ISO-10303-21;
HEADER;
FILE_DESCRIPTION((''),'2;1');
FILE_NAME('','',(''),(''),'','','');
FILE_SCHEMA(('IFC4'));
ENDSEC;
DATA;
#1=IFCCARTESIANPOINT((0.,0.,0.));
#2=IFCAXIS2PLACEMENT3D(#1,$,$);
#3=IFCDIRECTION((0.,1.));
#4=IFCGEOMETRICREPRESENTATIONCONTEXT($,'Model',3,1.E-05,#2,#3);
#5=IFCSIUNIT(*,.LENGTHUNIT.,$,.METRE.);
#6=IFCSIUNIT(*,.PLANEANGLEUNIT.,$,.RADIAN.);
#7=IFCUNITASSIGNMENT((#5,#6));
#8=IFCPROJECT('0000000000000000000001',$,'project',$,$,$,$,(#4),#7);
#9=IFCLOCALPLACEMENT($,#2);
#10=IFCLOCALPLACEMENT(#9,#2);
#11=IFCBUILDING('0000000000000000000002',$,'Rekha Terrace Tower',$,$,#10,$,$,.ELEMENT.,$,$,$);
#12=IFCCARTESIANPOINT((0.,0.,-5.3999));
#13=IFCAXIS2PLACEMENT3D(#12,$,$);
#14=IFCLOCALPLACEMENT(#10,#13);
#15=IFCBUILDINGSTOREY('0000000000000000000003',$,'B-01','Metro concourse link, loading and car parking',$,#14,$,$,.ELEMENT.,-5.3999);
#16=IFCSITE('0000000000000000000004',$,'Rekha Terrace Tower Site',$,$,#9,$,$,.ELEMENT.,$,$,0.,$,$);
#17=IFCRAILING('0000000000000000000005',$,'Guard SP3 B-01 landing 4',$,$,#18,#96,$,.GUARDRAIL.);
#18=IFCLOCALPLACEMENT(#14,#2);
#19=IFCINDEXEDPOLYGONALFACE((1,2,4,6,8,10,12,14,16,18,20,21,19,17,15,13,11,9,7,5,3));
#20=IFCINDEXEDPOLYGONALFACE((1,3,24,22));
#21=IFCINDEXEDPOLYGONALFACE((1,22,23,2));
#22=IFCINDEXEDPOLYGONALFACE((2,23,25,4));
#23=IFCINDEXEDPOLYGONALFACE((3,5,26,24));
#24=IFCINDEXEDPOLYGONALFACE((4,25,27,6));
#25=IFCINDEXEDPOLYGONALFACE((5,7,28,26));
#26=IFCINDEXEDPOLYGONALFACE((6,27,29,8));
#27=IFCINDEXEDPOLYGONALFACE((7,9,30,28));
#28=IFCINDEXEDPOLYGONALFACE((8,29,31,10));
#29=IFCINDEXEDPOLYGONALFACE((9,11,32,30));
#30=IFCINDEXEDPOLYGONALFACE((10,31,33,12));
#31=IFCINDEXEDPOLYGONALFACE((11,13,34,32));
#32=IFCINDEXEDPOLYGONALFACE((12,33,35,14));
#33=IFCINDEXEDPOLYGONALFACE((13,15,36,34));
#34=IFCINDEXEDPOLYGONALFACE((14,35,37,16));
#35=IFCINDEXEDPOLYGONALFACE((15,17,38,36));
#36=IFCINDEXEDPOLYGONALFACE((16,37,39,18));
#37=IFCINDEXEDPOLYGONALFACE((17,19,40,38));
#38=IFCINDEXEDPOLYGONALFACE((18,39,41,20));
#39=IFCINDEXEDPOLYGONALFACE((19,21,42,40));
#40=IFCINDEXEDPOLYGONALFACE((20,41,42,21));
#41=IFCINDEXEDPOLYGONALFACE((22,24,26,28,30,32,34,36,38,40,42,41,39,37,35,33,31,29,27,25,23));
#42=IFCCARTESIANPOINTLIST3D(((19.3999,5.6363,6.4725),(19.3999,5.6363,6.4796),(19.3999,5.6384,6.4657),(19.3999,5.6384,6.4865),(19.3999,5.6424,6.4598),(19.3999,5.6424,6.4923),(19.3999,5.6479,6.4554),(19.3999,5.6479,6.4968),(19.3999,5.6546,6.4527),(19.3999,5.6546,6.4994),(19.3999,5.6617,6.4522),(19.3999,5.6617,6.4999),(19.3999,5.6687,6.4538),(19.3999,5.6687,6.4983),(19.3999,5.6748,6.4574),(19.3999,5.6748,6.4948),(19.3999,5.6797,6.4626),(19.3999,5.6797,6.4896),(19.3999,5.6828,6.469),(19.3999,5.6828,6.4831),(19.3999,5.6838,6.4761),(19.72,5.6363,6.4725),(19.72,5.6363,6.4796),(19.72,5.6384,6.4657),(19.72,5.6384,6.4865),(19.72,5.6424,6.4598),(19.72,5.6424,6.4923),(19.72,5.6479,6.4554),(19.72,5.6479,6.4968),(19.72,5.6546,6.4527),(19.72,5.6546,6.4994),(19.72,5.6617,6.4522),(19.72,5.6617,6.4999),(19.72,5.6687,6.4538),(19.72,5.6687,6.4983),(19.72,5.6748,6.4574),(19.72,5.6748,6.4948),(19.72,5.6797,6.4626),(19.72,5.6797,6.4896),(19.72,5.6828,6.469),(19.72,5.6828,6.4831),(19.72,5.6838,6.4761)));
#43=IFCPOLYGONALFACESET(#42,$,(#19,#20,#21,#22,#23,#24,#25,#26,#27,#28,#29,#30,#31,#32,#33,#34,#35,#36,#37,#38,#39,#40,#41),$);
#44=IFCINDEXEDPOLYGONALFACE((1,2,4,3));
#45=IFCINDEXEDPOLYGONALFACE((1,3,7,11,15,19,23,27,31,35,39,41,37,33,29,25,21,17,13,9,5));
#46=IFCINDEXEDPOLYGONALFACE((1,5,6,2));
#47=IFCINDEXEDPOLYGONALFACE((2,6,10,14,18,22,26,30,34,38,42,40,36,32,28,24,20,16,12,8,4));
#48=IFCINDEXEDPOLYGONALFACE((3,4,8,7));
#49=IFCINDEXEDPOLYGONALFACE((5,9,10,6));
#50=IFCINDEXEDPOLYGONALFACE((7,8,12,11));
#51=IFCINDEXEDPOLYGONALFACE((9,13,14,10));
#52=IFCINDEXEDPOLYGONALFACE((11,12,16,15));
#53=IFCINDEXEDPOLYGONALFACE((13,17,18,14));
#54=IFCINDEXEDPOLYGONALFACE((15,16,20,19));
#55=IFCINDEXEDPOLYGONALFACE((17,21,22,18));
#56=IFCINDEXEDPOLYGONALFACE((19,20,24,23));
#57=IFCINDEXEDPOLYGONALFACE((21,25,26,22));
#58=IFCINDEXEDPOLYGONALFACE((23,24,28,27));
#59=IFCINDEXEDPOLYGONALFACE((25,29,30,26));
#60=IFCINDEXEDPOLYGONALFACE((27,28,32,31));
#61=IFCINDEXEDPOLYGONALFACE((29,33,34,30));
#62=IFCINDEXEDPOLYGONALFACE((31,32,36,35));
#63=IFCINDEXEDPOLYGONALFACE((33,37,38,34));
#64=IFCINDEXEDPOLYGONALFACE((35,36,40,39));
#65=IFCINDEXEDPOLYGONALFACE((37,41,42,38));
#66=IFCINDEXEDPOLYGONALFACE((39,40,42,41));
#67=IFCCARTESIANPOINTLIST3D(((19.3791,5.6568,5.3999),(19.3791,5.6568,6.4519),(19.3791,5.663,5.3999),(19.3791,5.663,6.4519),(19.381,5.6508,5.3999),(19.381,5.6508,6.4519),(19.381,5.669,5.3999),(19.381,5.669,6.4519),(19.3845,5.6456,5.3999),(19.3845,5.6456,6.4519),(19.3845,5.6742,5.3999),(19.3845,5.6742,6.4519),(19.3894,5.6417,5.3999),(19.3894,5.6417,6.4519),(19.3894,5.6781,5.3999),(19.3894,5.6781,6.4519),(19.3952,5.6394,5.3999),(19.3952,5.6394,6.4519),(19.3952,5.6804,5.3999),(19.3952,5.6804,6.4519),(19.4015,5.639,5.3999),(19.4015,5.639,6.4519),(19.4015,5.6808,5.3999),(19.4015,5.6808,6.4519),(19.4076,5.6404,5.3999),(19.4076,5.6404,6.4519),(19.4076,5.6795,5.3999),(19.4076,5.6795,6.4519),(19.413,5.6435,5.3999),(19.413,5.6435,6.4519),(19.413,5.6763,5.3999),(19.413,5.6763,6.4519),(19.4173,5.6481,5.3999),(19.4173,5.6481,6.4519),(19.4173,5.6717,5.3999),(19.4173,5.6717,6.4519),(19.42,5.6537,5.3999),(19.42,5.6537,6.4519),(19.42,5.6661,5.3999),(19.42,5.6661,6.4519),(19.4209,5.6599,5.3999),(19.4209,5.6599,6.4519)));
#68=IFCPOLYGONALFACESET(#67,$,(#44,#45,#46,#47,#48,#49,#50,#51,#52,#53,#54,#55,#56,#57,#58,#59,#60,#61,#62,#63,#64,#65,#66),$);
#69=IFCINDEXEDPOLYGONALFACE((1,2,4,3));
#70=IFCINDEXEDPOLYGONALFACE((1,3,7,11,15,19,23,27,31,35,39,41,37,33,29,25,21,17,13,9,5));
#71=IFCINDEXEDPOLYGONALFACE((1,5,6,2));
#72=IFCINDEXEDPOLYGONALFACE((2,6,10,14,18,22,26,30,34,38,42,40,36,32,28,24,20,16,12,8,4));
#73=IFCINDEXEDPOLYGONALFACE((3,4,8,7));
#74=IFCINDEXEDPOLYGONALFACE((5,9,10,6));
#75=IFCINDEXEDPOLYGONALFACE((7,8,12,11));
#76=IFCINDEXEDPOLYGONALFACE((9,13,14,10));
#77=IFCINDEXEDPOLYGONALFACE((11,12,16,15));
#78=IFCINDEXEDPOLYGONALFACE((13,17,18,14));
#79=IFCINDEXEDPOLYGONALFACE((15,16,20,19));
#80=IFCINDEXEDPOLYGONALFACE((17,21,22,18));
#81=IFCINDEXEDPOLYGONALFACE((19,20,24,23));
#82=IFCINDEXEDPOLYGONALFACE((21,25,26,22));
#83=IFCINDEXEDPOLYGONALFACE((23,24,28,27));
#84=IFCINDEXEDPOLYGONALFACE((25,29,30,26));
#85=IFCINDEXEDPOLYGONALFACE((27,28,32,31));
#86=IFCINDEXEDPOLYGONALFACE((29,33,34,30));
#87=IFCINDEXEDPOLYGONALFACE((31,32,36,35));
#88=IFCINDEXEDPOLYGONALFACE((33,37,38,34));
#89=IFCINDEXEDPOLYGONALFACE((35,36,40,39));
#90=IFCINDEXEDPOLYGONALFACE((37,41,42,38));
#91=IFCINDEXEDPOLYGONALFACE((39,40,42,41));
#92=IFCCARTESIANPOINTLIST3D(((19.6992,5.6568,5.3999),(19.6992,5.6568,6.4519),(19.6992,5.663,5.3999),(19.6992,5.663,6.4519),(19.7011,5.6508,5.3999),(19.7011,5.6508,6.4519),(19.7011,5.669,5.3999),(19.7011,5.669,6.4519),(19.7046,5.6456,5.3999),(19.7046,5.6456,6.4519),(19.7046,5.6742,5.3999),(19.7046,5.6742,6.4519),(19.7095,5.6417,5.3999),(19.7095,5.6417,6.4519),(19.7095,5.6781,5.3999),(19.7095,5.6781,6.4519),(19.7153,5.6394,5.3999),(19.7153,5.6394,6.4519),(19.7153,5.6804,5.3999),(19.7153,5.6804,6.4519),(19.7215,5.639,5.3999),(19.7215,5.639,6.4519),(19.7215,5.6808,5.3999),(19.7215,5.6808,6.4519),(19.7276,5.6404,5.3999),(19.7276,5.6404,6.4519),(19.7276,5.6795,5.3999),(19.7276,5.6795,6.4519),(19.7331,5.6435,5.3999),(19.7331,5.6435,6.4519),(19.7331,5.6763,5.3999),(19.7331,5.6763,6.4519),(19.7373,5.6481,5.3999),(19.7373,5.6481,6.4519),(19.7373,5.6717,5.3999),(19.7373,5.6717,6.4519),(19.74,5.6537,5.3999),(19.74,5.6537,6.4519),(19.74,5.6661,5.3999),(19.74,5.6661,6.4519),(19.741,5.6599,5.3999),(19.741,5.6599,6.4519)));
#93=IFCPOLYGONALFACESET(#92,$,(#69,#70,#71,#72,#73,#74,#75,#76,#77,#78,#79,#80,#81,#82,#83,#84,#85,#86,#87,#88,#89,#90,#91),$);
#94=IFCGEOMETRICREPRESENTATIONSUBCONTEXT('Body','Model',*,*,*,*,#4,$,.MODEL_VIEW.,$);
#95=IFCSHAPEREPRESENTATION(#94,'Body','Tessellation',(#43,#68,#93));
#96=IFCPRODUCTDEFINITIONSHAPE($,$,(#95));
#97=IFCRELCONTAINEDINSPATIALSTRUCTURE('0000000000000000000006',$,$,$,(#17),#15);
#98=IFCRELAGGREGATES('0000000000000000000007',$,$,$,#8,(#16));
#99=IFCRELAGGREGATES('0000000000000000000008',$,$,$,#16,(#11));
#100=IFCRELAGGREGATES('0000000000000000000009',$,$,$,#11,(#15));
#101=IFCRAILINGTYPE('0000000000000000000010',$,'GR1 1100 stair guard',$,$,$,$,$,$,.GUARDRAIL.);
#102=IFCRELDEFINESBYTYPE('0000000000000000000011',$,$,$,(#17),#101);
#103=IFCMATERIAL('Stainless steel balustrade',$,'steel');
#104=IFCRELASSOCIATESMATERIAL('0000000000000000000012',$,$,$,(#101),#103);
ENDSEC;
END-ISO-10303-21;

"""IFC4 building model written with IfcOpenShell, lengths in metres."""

from ifc_helpers import new_model, si_unit, direction, frame, origin, origin_2d, place, context, subcontext, project, spatial, circle, extrude, material, type_object, element, save


model = new_model("IFC4")

# Units and contexts
model_context = context("Model", 3, precision=1e-05, world=origin(), true_north=direction((0.0, 1.0)))
body_context = subcontext(model_context, "Body", "Model", "MODEL_VIEW")
ifc_project = project(units=[si_unit("LENGTHUNIT", "METRE"), si_unit("PLANEANGLEUNIT", "RADIAN")], contexts=[model_context])

# Site, building, storey
site_placement = place(None, origin())
site = spatial("IfcSite", under=ifc_project, at=site_placement, Name="Rekha Terrace Tower Site", CompositionType="ELEMENT", RefElevation=0.0)
building_placement = place(site_placement, origin())
building = spatial("IfcBuilding", under=site, at=building_placement, Name="Rekha Terrace Tower", CompositionType="ELEMENT")
storey_placement = place(building_placement, frame((0.0, 0.0, -5.3999)))
storey = spatial("IfcBuildingStorey", under=building, at=storey_placement, Name="B-01", Description="Metro concourse link, loading and car parking", CompositionType="ELEMENT", Elevation=-5.3999)

# Railing
ifc_material_1 = material(Name="Stainless steel balustrade", Category="steel")
railing_type_1 = type_object("IfcRailingType", Name="GR1 1100 stair guard", PredefinedType="GUARDRAIL", material=ifc_material_1)
railing_1_placement = place(storey_placement, frame((19.3999, 5.6599, 5.3999)))
element("IfcRailing", 1, at=railing_1_placement, inside=storey, type_object=railing_type_1, Name="Guard SP3 B-01 landing 4", PredefinedType="GUARDRAIL", context=body_context, shape_type="SweptSolid", body=[
    extrude(circle(Radius=0.0239, at=origin_2d()), frame((0.0, 0.0, 1.0762), z_axis=(1.0, 0.0, 0.0), x_axis=(0.0, 1.0, 0.0)), (0.0, 0.0, 1.0), 0.3201),
    extrude(circle(Radius=0.021, at=origin_2d()), origin(), (0.0, 0.0, 1.0), 1.052),
    extrude(circle(Radius=0.021, at=origin_2d()), frame((0.3201, 0.0, 0.0)), (0.0, 0.0, 1.0), 1.052),
])

save(model, "model.ifc")
